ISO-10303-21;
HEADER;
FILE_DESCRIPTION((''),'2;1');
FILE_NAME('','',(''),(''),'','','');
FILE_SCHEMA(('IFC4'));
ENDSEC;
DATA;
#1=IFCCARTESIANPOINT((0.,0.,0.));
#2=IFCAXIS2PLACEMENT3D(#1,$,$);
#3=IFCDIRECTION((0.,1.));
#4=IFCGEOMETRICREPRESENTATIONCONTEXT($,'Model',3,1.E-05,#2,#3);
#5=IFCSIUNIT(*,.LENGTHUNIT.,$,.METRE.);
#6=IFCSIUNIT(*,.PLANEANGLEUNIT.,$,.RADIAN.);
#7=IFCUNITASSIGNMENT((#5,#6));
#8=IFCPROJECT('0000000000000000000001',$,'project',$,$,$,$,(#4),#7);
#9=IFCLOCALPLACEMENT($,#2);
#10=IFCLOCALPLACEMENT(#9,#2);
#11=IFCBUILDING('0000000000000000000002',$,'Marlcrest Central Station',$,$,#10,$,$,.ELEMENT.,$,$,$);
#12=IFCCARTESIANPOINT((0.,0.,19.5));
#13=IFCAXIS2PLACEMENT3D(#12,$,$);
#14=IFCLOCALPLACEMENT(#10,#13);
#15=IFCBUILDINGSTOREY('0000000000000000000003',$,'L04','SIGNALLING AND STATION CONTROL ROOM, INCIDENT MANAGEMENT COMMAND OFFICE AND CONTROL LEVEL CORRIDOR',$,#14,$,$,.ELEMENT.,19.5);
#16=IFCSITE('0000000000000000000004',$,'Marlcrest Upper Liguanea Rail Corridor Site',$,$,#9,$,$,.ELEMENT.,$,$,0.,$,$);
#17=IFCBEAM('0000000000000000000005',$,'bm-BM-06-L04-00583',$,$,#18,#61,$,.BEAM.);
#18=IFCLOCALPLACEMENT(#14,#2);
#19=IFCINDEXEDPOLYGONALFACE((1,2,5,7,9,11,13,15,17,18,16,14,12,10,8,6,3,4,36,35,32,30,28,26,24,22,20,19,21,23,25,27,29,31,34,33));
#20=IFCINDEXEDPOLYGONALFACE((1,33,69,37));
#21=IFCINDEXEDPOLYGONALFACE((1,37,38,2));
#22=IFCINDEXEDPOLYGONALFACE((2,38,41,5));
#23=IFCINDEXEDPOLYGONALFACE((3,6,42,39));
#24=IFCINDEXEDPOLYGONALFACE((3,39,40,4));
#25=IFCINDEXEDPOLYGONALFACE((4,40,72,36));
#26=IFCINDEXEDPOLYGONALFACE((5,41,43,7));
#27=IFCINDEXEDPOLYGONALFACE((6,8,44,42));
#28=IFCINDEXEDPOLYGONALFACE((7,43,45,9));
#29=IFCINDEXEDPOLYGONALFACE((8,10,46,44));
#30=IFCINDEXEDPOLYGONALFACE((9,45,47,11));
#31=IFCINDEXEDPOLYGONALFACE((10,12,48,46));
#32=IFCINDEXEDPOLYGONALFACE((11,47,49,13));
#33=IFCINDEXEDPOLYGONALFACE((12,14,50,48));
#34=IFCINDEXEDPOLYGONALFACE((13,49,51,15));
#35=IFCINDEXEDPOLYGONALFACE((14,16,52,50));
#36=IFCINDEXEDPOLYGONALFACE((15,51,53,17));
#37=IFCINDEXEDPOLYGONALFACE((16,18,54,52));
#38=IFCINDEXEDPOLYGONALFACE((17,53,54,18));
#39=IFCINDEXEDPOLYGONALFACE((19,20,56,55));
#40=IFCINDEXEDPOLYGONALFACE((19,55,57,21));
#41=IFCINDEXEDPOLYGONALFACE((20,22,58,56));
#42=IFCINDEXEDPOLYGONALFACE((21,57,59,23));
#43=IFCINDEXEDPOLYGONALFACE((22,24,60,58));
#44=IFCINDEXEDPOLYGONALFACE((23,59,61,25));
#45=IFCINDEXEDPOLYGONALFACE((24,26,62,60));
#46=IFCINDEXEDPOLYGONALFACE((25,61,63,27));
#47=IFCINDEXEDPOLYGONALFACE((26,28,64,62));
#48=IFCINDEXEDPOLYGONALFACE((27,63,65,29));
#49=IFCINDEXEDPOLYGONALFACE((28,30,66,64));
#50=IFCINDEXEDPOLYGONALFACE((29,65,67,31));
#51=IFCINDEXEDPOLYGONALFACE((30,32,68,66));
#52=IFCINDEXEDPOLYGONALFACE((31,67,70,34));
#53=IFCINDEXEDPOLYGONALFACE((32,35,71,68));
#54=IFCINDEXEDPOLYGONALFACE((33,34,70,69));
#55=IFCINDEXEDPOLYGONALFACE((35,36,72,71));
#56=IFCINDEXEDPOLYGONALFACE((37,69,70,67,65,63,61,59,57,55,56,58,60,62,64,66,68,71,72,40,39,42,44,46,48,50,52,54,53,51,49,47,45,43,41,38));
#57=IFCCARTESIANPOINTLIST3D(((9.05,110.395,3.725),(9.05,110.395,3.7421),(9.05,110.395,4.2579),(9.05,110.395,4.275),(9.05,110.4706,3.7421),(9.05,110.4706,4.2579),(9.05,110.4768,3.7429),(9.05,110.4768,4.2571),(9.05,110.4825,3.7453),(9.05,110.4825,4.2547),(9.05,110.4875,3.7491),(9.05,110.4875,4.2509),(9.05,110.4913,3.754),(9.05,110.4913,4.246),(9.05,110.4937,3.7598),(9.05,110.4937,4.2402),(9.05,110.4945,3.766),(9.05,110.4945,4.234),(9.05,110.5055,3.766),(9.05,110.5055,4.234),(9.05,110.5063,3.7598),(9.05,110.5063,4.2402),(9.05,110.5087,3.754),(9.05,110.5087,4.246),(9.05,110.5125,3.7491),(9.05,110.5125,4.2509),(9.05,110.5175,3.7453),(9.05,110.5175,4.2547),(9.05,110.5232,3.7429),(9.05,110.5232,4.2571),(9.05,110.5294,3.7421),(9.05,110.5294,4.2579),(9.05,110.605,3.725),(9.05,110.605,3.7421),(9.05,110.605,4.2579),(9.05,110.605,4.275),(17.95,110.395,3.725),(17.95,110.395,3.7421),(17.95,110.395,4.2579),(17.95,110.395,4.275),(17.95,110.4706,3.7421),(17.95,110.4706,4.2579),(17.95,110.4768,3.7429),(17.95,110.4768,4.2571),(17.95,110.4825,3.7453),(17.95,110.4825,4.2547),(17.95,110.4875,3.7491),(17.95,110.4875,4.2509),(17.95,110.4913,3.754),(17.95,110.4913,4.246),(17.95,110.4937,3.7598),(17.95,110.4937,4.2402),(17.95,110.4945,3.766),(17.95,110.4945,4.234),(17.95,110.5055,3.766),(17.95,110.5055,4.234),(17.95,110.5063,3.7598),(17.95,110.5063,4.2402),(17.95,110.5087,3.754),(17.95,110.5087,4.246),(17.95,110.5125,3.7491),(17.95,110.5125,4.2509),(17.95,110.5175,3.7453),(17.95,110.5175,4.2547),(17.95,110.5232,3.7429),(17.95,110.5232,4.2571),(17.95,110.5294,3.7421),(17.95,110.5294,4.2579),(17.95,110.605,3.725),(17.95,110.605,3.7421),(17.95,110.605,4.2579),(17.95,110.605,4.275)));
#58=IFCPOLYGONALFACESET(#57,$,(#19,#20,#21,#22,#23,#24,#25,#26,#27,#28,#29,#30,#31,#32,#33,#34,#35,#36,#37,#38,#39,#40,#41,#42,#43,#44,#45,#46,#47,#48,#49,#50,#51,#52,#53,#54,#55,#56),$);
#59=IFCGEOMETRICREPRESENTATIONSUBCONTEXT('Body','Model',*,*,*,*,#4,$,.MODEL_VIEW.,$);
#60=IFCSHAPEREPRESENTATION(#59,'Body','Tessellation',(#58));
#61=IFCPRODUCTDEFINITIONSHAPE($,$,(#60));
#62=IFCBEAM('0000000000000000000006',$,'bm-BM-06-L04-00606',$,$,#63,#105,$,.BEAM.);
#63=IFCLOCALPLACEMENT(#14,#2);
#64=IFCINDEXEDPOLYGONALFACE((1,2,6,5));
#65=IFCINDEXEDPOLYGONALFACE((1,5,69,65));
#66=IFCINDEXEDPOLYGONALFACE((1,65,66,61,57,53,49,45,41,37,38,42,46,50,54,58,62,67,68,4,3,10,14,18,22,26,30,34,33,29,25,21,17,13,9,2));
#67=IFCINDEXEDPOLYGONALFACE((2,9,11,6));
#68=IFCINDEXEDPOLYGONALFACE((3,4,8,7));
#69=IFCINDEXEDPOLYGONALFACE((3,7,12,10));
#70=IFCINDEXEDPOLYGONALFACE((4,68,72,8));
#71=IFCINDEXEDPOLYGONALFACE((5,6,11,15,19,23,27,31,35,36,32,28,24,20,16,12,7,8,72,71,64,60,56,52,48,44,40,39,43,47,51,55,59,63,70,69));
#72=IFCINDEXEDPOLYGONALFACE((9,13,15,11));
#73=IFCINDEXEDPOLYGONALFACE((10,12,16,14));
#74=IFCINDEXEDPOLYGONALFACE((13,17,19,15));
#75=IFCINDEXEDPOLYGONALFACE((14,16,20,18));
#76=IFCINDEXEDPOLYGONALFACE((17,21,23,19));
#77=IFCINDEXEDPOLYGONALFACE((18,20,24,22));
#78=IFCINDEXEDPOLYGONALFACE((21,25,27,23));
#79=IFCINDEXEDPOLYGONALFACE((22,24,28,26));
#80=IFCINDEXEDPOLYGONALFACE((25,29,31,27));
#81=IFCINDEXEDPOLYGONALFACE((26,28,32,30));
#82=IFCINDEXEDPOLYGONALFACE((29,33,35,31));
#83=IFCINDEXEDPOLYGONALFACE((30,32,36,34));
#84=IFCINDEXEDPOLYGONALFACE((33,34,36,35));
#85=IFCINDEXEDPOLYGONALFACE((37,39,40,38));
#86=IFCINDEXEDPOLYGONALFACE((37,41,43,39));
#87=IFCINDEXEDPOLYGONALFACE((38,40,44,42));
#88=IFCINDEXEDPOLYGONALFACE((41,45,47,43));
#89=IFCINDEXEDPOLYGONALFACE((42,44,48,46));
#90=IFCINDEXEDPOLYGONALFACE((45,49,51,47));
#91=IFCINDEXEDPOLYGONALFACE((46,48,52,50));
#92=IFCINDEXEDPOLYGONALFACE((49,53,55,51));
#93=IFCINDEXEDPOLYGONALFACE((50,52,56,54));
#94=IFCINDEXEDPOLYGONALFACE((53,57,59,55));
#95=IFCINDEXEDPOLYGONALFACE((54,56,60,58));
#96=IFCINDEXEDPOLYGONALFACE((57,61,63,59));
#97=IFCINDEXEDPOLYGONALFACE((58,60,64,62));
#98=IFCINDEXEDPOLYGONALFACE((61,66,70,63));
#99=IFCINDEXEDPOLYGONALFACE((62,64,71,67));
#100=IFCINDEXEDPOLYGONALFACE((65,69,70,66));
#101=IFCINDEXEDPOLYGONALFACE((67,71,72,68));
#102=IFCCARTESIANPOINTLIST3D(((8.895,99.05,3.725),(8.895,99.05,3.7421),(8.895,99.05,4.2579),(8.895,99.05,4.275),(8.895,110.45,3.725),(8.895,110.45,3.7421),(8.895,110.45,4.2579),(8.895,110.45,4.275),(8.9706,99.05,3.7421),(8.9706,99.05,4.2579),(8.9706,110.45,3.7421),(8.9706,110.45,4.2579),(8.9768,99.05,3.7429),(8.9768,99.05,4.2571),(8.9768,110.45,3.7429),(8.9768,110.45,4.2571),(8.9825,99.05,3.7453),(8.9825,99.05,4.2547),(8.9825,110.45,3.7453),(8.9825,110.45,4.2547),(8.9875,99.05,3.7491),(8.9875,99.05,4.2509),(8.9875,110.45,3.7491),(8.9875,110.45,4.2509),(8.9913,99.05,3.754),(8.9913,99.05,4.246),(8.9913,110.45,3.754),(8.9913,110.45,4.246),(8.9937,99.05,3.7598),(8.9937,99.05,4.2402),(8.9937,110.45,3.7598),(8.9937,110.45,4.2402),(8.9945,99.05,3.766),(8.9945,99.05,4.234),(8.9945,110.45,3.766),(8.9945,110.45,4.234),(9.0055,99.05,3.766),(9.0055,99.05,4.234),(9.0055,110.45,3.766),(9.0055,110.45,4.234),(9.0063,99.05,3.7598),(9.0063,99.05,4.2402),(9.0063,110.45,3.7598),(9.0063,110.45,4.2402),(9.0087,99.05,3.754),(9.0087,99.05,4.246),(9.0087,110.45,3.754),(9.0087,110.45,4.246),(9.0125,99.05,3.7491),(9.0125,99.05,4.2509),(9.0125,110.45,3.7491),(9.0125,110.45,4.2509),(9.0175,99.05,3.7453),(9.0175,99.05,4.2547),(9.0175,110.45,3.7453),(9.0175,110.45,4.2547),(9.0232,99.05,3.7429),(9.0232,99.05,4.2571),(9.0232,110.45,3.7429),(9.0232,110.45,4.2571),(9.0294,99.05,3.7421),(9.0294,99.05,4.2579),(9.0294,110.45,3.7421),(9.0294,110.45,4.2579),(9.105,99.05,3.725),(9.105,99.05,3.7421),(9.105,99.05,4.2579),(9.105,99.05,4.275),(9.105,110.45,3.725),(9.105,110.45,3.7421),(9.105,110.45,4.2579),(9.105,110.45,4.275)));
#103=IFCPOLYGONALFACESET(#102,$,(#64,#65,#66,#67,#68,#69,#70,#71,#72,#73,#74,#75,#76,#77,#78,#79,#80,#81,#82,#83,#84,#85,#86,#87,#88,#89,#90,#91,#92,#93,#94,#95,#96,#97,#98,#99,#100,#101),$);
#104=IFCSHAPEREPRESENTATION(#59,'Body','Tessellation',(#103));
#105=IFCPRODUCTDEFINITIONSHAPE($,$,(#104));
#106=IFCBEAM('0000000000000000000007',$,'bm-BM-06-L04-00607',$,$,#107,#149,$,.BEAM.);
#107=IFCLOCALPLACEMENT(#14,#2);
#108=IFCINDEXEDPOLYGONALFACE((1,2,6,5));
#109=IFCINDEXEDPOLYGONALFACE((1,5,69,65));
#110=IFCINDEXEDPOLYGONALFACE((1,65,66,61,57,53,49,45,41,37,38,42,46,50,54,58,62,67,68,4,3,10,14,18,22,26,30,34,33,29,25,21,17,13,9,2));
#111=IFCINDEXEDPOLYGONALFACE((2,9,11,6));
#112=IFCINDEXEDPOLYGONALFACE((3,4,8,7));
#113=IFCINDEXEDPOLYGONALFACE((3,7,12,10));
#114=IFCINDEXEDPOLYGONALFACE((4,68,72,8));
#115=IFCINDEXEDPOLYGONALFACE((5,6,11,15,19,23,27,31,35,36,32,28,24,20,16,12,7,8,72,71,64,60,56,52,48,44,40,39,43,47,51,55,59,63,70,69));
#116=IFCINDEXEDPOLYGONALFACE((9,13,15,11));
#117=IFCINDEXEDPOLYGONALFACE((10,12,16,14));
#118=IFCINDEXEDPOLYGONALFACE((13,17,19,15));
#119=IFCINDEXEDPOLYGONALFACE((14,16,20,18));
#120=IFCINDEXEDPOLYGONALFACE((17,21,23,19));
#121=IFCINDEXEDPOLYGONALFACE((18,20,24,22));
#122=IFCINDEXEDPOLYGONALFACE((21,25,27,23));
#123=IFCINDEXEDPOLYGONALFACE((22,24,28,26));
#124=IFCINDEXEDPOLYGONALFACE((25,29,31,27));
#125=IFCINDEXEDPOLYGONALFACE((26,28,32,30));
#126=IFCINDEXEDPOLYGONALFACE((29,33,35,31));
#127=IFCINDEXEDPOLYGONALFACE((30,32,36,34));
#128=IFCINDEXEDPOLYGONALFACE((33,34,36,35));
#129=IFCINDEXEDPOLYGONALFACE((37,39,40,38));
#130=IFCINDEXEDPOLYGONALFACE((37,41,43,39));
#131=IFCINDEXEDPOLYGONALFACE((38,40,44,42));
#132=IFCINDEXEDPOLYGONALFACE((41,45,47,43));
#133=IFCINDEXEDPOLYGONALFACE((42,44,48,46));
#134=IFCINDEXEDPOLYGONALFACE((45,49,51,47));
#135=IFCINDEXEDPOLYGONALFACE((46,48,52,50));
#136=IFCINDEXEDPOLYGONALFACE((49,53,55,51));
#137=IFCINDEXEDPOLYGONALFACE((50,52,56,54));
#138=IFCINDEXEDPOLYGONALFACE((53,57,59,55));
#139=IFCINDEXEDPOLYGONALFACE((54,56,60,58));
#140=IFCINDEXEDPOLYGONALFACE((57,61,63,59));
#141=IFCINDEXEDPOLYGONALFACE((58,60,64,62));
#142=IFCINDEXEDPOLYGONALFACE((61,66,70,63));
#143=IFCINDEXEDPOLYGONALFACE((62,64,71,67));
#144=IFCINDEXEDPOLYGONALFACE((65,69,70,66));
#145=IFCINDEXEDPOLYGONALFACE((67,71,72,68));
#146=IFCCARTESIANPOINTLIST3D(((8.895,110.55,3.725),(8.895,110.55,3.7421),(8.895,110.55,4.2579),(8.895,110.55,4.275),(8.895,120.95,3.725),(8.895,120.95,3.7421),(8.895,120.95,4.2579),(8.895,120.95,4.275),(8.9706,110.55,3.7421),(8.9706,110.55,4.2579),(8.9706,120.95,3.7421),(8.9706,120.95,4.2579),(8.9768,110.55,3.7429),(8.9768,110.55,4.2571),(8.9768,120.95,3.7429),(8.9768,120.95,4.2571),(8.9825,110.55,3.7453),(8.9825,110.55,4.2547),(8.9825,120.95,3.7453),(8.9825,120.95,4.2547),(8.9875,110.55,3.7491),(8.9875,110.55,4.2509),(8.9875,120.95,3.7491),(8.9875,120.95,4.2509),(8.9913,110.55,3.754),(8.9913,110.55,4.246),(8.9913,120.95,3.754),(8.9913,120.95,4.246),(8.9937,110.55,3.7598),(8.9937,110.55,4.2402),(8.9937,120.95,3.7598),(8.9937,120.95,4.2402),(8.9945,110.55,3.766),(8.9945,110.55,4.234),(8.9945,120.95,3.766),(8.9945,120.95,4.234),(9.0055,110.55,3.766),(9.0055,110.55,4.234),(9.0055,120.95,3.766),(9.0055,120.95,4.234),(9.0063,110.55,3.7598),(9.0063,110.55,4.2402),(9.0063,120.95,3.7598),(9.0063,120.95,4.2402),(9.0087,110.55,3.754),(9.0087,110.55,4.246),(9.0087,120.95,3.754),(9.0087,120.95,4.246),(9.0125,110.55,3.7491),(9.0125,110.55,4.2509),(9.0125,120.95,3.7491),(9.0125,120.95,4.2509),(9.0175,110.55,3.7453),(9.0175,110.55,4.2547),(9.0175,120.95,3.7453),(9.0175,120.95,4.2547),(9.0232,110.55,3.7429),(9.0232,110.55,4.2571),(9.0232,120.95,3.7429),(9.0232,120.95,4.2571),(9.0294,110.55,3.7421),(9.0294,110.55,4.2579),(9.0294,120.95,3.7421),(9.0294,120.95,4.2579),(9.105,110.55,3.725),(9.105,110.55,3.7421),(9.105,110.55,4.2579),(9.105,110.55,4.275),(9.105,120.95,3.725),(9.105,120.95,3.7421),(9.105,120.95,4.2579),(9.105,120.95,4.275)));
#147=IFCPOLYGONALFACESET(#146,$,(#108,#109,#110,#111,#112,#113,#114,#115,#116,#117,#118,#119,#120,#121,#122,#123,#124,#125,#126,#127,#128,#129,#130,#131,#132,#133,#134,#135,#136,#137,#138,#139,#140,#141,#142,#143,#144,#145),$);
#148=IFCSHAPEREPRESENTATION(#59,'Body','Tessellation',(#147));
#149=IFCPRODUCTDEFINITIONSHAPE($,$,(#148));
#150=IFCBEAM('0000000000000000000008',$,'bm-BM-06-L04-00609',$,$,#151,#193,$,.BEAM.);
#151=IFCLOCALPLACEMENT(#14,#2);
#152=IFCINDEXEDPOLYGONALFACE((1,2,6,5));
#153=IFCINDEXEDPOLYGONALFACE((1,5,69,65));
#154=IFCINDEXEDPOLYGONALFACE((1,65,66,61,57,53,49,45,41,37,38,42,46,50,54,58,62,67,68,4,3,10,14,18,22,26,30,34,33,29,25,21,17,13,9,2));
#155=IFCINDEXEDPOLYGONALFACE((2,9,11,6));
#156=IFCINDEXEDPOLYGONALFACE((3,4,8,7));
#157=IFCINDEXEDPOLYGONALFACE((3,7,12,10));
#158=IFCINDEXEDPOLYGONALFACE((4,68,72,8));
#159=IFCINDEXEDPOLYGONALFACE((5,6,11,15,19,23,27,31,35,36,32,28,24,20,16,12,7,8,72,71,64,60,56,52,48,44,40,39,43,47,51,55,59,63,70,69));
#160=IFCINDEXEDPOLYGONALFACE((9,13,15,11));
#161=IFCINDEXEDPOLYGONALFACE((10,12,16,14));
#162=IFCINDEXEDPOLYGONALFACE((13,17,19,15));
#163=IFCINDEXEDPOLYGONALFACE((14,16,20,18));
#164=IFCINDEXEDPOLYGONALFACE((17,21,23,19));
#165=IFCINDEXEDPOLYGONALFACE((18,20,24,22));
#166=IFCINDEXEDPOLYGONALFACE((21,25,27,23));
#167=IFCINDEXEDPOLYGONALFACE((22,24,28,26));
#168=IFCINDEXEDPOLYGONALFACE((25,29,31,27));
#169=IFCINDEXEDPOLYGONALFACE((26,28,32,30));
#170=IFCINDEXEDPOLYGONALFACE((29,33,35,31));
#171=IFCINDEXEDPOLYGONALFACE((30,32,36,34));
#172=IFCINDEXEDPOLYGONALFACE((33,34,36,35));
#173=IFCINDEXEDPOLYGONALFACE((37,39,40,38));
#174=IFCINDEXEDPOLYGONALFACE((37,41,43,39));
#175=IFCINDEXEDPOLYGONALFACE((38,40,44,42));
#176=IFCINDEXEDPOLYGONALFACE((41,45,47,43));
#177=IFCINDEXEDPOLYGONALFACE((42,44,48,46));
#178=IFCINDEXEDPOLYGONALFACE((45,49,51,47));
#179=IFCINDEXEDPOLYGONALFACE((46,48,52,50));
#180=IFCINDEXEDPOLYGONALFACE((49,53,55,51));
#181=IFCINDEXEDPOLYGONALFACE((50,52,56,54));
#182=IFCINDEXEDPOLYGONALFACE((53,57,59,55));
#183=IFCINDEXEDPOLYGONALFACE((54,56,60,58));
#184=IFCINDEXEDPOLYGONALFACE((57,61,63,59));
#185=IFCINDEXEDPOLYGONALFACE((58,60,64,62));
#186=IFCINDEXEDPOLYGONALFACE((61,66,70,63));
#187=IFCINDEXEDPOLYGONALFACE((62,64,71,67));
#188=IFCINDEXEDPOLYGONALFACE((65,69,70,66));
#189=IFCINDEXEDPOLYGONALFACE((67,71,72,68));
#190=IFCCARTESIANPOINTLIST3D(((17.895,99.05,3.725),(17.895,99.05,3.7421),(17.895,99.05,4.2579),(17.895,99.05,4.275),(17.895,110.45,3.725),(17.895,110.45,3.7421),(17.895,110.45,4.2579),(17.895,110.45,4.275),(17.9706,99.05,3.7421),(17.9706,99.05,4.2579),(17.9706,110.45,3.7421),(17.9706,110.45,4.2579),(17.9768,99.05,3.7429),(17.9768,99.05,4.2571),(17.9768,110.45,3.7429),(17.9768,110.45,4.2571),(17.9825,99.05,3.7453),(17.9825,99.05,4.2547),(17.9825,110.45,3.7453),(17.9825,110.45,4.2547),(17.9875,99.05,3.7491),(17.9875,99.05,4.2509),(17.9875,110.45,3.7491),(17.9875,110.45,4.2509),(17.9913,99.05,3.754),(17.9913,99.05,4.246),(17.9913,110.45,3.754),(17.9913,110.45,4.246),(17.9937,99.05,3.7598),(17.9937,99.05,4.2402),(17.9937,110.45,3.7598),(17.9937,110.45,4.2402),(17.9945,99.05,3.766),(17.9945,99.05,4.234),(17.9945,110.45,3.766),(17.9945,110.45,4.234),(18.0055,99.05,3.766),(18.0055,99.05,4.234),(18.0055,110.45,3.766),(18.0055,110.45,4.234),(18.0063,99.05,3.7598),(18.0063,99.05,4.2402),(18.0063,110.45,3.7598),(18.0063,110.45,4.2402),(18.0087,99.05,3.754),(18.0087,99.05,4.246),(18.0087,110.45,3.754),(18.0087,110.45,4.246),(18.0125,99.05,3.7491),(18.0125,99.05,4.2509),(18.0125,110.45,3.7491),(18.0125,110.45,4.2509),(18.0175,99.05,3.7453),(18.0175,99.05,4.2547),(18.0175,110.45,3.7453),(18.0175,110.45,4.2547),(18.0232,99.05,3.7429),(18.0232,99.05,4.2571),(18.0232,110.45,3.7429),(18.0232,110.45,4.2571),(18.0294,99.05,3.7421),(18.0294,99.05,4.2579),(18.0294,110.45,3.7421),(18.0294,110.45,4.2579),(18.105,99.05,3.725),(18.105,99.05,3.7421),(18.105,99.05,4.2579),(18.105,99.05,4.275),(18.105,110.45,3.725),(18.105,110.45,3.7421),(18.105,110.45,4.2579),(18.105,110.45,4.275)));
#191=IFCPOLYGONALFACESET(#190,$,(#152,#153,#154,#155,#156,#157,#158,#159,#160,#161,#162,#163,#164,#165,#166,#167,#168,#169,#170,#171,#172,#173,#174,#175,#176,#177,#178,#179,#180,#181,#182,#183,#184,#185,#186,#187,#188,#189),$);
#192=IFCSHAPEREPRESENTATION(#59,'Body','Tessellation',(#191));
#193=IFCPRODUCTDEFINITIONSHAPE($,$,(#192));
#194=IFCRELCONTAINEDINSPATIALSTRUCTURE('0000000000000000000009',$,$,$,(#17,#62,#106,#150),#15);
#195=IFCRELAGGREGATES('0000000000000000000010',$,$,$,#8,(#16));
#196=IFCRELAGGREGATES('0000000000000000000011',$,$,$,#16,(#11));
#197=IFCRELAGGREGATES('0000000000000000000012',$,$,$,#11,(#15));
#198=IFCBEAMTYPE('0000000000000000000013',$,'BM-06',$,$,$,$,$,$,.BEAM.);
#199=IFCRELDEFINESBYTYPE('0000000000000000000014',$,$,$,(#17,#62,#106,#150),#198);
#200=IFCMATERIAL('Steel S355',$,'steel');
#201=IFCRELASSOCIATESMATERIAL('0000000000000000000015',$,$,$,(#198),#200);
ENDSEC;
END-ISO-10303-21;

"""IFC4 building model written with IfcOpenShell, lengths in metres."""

from ifc_helpers import new_model, si_unit, direction, frame, origin, origin_2d, place, context, subcontext, project, spatial, i_section, extrude, material, material_profile, profile_set, type_object, element, save


model = new_model("IFC4")

# Units and contexts
model_context = context("Model", 3, precision=1e-05, world=origin(), true_north=direction((0.0, 1.0)))
body_context = subcontext(model_context, "Body", "Model", "MODEL_VIEW")
ifc_project = project(units=[si_unit("LENGTHUNIT", "METRE"), si_unit("PLANEANGLEUNIT", "RADIAN")], contexts=[model_context])

# Site, building, storey
site_placement = place(None, origin())
site = spatial("IfcSite", under=ifc_project, at=site_placement, Name="Marlcrest Upper Liguanea Rail Corridor Site", CompositionType="ELEMENT", RefElevation=0.0)
building_placement = place(site_placement, origin())
building = spatial("IfcBuilding", under=site, at=building_placement, Name="Marlcrest Central Station", CompositionType="ELEMENT")
storey_placement = place(building_placement, frame((0.0, 0.0, 19.5)))
storey = spatial("IfcBuildingStorey", under=building, at=storey_placement, Name="L04", Description="SIGNALLING AND STATION CONTROL ROOM, INCIDENT MANAGEMENT COMMAND OFFICE AND CONTROL LEVEL CORRIDOR", CompositionType="ELEMENT", Elevation=19.5)

# Shared definitions
ifc_material_1 = material(Name="Steel S355", Category="steel")

# Beams
ifc_material_profile_1 = material_profile(ifc_material_1, i_section(OverallWidth=0.21, OverallDepth=0.55, WebThickness=0.011, FlangeThickness=0.0171, FilletRadius=0.0239, at=origin_2d()), Name="IPE 550")
ifc_profile_set_1 = profile_set([ifc_material_profile_1], Name="Steel S355")
beam_type_1 = type_object("IfcBeamType", Name="BM-06", PredefinedType="BEAM", material=ifc_profile_set_1)
beam_1_placement = place(storey_placement, frame((9.05, 110.5, 4.0), z_axis=(1.0, 0.0, 0.0), x_axis=(0.0, 1.0, 0.0)))
element("IfcBeam", 1, at=beam_1_placement, inside=storey, type_object=beam_type_1, Name="bm-BM-06-L04-00583", PredefinedType="BEAM", context=body_context, shape_type="SweptSolid", body=[
    extrude(i_section(OverallWidth=0.21, OverallDepth=0.55, WebThickness=0.011, FlangeThickness=0.0171, FilletRadius=0.0239, at=origin_2d()), origin(), (0.0, 0.0, 1.0), 8.8999),
])
beam_2_placement = place(storey_placement, frame((9.0, 99.05, 4.0), z_axis=(0.0, 1.0, 0.0), x_axis=(-1.0, 0.0, 0.0)))
element("IfcBeam", 2, at=beam_2_placement, inside=storey, type_object=beam_type_1, Name="bm-BM-06-L04-00606", PredefinedType="BEAM", context=body_context, shape_type="SweptSolid", body=[
    extrude(i_section(OverallWidth=0.21, OverallDepth=0.55, WebThickness=0.011, FlangeThickness=0.0171, FilletRadius=0.0239, at=origin_2d()), origin(), (0.0, 0.0, 1.0), 11.3999),
])
beam_3_placement = place(storey_placement, frame((9.0, 110.55, 4.0), z_axis=(0.0, 1.0, 0.0), x_axis=(-1.0, 0.0, 0.0)))
element("IfcBeam", 3, at=beam_3_placement, inside=storey, type_object=beam_type_1, Name="bm-BM-06-L04-00607", PredefinedType="BEAM", context=body_context, shape_type="SweptSolid", body=[
    extrude(i_section(OverallWidth=0.21, OverallDepth=0.55, WebThickness=0.011, FlangeThickness=0.0171, FilletRadius=0.0239, at=origin_2d()), origin(), (0.0, 0.0, 1.0), 10.3999),
])
beam_4_placement = place(storey_placement, frame((18.0, 99.05, 4.0), z_axis=(0.0, 1.0, 0.0), x_axis=(-1.0, 0.0, 0.0)))
element("IfcBeam", 4, at=beam_4_placement, inside=storey, type_object=beam_type_1, Name="bm-BM-06-L04-00609", PredefinedType="BEAM", context=body_context, shape_type="SweptSolid", body=[
    extrude(i_section(OverallWidth=0.21, OverallDepth=0.55, WebThickness=0.011, FlangeThickness=0.0171, FilletRadius=0.0239, at=origin_2d()), origin(), (0.0, 0.0, 1.0), 11.3999),
])

save(model, "model.ifc")
